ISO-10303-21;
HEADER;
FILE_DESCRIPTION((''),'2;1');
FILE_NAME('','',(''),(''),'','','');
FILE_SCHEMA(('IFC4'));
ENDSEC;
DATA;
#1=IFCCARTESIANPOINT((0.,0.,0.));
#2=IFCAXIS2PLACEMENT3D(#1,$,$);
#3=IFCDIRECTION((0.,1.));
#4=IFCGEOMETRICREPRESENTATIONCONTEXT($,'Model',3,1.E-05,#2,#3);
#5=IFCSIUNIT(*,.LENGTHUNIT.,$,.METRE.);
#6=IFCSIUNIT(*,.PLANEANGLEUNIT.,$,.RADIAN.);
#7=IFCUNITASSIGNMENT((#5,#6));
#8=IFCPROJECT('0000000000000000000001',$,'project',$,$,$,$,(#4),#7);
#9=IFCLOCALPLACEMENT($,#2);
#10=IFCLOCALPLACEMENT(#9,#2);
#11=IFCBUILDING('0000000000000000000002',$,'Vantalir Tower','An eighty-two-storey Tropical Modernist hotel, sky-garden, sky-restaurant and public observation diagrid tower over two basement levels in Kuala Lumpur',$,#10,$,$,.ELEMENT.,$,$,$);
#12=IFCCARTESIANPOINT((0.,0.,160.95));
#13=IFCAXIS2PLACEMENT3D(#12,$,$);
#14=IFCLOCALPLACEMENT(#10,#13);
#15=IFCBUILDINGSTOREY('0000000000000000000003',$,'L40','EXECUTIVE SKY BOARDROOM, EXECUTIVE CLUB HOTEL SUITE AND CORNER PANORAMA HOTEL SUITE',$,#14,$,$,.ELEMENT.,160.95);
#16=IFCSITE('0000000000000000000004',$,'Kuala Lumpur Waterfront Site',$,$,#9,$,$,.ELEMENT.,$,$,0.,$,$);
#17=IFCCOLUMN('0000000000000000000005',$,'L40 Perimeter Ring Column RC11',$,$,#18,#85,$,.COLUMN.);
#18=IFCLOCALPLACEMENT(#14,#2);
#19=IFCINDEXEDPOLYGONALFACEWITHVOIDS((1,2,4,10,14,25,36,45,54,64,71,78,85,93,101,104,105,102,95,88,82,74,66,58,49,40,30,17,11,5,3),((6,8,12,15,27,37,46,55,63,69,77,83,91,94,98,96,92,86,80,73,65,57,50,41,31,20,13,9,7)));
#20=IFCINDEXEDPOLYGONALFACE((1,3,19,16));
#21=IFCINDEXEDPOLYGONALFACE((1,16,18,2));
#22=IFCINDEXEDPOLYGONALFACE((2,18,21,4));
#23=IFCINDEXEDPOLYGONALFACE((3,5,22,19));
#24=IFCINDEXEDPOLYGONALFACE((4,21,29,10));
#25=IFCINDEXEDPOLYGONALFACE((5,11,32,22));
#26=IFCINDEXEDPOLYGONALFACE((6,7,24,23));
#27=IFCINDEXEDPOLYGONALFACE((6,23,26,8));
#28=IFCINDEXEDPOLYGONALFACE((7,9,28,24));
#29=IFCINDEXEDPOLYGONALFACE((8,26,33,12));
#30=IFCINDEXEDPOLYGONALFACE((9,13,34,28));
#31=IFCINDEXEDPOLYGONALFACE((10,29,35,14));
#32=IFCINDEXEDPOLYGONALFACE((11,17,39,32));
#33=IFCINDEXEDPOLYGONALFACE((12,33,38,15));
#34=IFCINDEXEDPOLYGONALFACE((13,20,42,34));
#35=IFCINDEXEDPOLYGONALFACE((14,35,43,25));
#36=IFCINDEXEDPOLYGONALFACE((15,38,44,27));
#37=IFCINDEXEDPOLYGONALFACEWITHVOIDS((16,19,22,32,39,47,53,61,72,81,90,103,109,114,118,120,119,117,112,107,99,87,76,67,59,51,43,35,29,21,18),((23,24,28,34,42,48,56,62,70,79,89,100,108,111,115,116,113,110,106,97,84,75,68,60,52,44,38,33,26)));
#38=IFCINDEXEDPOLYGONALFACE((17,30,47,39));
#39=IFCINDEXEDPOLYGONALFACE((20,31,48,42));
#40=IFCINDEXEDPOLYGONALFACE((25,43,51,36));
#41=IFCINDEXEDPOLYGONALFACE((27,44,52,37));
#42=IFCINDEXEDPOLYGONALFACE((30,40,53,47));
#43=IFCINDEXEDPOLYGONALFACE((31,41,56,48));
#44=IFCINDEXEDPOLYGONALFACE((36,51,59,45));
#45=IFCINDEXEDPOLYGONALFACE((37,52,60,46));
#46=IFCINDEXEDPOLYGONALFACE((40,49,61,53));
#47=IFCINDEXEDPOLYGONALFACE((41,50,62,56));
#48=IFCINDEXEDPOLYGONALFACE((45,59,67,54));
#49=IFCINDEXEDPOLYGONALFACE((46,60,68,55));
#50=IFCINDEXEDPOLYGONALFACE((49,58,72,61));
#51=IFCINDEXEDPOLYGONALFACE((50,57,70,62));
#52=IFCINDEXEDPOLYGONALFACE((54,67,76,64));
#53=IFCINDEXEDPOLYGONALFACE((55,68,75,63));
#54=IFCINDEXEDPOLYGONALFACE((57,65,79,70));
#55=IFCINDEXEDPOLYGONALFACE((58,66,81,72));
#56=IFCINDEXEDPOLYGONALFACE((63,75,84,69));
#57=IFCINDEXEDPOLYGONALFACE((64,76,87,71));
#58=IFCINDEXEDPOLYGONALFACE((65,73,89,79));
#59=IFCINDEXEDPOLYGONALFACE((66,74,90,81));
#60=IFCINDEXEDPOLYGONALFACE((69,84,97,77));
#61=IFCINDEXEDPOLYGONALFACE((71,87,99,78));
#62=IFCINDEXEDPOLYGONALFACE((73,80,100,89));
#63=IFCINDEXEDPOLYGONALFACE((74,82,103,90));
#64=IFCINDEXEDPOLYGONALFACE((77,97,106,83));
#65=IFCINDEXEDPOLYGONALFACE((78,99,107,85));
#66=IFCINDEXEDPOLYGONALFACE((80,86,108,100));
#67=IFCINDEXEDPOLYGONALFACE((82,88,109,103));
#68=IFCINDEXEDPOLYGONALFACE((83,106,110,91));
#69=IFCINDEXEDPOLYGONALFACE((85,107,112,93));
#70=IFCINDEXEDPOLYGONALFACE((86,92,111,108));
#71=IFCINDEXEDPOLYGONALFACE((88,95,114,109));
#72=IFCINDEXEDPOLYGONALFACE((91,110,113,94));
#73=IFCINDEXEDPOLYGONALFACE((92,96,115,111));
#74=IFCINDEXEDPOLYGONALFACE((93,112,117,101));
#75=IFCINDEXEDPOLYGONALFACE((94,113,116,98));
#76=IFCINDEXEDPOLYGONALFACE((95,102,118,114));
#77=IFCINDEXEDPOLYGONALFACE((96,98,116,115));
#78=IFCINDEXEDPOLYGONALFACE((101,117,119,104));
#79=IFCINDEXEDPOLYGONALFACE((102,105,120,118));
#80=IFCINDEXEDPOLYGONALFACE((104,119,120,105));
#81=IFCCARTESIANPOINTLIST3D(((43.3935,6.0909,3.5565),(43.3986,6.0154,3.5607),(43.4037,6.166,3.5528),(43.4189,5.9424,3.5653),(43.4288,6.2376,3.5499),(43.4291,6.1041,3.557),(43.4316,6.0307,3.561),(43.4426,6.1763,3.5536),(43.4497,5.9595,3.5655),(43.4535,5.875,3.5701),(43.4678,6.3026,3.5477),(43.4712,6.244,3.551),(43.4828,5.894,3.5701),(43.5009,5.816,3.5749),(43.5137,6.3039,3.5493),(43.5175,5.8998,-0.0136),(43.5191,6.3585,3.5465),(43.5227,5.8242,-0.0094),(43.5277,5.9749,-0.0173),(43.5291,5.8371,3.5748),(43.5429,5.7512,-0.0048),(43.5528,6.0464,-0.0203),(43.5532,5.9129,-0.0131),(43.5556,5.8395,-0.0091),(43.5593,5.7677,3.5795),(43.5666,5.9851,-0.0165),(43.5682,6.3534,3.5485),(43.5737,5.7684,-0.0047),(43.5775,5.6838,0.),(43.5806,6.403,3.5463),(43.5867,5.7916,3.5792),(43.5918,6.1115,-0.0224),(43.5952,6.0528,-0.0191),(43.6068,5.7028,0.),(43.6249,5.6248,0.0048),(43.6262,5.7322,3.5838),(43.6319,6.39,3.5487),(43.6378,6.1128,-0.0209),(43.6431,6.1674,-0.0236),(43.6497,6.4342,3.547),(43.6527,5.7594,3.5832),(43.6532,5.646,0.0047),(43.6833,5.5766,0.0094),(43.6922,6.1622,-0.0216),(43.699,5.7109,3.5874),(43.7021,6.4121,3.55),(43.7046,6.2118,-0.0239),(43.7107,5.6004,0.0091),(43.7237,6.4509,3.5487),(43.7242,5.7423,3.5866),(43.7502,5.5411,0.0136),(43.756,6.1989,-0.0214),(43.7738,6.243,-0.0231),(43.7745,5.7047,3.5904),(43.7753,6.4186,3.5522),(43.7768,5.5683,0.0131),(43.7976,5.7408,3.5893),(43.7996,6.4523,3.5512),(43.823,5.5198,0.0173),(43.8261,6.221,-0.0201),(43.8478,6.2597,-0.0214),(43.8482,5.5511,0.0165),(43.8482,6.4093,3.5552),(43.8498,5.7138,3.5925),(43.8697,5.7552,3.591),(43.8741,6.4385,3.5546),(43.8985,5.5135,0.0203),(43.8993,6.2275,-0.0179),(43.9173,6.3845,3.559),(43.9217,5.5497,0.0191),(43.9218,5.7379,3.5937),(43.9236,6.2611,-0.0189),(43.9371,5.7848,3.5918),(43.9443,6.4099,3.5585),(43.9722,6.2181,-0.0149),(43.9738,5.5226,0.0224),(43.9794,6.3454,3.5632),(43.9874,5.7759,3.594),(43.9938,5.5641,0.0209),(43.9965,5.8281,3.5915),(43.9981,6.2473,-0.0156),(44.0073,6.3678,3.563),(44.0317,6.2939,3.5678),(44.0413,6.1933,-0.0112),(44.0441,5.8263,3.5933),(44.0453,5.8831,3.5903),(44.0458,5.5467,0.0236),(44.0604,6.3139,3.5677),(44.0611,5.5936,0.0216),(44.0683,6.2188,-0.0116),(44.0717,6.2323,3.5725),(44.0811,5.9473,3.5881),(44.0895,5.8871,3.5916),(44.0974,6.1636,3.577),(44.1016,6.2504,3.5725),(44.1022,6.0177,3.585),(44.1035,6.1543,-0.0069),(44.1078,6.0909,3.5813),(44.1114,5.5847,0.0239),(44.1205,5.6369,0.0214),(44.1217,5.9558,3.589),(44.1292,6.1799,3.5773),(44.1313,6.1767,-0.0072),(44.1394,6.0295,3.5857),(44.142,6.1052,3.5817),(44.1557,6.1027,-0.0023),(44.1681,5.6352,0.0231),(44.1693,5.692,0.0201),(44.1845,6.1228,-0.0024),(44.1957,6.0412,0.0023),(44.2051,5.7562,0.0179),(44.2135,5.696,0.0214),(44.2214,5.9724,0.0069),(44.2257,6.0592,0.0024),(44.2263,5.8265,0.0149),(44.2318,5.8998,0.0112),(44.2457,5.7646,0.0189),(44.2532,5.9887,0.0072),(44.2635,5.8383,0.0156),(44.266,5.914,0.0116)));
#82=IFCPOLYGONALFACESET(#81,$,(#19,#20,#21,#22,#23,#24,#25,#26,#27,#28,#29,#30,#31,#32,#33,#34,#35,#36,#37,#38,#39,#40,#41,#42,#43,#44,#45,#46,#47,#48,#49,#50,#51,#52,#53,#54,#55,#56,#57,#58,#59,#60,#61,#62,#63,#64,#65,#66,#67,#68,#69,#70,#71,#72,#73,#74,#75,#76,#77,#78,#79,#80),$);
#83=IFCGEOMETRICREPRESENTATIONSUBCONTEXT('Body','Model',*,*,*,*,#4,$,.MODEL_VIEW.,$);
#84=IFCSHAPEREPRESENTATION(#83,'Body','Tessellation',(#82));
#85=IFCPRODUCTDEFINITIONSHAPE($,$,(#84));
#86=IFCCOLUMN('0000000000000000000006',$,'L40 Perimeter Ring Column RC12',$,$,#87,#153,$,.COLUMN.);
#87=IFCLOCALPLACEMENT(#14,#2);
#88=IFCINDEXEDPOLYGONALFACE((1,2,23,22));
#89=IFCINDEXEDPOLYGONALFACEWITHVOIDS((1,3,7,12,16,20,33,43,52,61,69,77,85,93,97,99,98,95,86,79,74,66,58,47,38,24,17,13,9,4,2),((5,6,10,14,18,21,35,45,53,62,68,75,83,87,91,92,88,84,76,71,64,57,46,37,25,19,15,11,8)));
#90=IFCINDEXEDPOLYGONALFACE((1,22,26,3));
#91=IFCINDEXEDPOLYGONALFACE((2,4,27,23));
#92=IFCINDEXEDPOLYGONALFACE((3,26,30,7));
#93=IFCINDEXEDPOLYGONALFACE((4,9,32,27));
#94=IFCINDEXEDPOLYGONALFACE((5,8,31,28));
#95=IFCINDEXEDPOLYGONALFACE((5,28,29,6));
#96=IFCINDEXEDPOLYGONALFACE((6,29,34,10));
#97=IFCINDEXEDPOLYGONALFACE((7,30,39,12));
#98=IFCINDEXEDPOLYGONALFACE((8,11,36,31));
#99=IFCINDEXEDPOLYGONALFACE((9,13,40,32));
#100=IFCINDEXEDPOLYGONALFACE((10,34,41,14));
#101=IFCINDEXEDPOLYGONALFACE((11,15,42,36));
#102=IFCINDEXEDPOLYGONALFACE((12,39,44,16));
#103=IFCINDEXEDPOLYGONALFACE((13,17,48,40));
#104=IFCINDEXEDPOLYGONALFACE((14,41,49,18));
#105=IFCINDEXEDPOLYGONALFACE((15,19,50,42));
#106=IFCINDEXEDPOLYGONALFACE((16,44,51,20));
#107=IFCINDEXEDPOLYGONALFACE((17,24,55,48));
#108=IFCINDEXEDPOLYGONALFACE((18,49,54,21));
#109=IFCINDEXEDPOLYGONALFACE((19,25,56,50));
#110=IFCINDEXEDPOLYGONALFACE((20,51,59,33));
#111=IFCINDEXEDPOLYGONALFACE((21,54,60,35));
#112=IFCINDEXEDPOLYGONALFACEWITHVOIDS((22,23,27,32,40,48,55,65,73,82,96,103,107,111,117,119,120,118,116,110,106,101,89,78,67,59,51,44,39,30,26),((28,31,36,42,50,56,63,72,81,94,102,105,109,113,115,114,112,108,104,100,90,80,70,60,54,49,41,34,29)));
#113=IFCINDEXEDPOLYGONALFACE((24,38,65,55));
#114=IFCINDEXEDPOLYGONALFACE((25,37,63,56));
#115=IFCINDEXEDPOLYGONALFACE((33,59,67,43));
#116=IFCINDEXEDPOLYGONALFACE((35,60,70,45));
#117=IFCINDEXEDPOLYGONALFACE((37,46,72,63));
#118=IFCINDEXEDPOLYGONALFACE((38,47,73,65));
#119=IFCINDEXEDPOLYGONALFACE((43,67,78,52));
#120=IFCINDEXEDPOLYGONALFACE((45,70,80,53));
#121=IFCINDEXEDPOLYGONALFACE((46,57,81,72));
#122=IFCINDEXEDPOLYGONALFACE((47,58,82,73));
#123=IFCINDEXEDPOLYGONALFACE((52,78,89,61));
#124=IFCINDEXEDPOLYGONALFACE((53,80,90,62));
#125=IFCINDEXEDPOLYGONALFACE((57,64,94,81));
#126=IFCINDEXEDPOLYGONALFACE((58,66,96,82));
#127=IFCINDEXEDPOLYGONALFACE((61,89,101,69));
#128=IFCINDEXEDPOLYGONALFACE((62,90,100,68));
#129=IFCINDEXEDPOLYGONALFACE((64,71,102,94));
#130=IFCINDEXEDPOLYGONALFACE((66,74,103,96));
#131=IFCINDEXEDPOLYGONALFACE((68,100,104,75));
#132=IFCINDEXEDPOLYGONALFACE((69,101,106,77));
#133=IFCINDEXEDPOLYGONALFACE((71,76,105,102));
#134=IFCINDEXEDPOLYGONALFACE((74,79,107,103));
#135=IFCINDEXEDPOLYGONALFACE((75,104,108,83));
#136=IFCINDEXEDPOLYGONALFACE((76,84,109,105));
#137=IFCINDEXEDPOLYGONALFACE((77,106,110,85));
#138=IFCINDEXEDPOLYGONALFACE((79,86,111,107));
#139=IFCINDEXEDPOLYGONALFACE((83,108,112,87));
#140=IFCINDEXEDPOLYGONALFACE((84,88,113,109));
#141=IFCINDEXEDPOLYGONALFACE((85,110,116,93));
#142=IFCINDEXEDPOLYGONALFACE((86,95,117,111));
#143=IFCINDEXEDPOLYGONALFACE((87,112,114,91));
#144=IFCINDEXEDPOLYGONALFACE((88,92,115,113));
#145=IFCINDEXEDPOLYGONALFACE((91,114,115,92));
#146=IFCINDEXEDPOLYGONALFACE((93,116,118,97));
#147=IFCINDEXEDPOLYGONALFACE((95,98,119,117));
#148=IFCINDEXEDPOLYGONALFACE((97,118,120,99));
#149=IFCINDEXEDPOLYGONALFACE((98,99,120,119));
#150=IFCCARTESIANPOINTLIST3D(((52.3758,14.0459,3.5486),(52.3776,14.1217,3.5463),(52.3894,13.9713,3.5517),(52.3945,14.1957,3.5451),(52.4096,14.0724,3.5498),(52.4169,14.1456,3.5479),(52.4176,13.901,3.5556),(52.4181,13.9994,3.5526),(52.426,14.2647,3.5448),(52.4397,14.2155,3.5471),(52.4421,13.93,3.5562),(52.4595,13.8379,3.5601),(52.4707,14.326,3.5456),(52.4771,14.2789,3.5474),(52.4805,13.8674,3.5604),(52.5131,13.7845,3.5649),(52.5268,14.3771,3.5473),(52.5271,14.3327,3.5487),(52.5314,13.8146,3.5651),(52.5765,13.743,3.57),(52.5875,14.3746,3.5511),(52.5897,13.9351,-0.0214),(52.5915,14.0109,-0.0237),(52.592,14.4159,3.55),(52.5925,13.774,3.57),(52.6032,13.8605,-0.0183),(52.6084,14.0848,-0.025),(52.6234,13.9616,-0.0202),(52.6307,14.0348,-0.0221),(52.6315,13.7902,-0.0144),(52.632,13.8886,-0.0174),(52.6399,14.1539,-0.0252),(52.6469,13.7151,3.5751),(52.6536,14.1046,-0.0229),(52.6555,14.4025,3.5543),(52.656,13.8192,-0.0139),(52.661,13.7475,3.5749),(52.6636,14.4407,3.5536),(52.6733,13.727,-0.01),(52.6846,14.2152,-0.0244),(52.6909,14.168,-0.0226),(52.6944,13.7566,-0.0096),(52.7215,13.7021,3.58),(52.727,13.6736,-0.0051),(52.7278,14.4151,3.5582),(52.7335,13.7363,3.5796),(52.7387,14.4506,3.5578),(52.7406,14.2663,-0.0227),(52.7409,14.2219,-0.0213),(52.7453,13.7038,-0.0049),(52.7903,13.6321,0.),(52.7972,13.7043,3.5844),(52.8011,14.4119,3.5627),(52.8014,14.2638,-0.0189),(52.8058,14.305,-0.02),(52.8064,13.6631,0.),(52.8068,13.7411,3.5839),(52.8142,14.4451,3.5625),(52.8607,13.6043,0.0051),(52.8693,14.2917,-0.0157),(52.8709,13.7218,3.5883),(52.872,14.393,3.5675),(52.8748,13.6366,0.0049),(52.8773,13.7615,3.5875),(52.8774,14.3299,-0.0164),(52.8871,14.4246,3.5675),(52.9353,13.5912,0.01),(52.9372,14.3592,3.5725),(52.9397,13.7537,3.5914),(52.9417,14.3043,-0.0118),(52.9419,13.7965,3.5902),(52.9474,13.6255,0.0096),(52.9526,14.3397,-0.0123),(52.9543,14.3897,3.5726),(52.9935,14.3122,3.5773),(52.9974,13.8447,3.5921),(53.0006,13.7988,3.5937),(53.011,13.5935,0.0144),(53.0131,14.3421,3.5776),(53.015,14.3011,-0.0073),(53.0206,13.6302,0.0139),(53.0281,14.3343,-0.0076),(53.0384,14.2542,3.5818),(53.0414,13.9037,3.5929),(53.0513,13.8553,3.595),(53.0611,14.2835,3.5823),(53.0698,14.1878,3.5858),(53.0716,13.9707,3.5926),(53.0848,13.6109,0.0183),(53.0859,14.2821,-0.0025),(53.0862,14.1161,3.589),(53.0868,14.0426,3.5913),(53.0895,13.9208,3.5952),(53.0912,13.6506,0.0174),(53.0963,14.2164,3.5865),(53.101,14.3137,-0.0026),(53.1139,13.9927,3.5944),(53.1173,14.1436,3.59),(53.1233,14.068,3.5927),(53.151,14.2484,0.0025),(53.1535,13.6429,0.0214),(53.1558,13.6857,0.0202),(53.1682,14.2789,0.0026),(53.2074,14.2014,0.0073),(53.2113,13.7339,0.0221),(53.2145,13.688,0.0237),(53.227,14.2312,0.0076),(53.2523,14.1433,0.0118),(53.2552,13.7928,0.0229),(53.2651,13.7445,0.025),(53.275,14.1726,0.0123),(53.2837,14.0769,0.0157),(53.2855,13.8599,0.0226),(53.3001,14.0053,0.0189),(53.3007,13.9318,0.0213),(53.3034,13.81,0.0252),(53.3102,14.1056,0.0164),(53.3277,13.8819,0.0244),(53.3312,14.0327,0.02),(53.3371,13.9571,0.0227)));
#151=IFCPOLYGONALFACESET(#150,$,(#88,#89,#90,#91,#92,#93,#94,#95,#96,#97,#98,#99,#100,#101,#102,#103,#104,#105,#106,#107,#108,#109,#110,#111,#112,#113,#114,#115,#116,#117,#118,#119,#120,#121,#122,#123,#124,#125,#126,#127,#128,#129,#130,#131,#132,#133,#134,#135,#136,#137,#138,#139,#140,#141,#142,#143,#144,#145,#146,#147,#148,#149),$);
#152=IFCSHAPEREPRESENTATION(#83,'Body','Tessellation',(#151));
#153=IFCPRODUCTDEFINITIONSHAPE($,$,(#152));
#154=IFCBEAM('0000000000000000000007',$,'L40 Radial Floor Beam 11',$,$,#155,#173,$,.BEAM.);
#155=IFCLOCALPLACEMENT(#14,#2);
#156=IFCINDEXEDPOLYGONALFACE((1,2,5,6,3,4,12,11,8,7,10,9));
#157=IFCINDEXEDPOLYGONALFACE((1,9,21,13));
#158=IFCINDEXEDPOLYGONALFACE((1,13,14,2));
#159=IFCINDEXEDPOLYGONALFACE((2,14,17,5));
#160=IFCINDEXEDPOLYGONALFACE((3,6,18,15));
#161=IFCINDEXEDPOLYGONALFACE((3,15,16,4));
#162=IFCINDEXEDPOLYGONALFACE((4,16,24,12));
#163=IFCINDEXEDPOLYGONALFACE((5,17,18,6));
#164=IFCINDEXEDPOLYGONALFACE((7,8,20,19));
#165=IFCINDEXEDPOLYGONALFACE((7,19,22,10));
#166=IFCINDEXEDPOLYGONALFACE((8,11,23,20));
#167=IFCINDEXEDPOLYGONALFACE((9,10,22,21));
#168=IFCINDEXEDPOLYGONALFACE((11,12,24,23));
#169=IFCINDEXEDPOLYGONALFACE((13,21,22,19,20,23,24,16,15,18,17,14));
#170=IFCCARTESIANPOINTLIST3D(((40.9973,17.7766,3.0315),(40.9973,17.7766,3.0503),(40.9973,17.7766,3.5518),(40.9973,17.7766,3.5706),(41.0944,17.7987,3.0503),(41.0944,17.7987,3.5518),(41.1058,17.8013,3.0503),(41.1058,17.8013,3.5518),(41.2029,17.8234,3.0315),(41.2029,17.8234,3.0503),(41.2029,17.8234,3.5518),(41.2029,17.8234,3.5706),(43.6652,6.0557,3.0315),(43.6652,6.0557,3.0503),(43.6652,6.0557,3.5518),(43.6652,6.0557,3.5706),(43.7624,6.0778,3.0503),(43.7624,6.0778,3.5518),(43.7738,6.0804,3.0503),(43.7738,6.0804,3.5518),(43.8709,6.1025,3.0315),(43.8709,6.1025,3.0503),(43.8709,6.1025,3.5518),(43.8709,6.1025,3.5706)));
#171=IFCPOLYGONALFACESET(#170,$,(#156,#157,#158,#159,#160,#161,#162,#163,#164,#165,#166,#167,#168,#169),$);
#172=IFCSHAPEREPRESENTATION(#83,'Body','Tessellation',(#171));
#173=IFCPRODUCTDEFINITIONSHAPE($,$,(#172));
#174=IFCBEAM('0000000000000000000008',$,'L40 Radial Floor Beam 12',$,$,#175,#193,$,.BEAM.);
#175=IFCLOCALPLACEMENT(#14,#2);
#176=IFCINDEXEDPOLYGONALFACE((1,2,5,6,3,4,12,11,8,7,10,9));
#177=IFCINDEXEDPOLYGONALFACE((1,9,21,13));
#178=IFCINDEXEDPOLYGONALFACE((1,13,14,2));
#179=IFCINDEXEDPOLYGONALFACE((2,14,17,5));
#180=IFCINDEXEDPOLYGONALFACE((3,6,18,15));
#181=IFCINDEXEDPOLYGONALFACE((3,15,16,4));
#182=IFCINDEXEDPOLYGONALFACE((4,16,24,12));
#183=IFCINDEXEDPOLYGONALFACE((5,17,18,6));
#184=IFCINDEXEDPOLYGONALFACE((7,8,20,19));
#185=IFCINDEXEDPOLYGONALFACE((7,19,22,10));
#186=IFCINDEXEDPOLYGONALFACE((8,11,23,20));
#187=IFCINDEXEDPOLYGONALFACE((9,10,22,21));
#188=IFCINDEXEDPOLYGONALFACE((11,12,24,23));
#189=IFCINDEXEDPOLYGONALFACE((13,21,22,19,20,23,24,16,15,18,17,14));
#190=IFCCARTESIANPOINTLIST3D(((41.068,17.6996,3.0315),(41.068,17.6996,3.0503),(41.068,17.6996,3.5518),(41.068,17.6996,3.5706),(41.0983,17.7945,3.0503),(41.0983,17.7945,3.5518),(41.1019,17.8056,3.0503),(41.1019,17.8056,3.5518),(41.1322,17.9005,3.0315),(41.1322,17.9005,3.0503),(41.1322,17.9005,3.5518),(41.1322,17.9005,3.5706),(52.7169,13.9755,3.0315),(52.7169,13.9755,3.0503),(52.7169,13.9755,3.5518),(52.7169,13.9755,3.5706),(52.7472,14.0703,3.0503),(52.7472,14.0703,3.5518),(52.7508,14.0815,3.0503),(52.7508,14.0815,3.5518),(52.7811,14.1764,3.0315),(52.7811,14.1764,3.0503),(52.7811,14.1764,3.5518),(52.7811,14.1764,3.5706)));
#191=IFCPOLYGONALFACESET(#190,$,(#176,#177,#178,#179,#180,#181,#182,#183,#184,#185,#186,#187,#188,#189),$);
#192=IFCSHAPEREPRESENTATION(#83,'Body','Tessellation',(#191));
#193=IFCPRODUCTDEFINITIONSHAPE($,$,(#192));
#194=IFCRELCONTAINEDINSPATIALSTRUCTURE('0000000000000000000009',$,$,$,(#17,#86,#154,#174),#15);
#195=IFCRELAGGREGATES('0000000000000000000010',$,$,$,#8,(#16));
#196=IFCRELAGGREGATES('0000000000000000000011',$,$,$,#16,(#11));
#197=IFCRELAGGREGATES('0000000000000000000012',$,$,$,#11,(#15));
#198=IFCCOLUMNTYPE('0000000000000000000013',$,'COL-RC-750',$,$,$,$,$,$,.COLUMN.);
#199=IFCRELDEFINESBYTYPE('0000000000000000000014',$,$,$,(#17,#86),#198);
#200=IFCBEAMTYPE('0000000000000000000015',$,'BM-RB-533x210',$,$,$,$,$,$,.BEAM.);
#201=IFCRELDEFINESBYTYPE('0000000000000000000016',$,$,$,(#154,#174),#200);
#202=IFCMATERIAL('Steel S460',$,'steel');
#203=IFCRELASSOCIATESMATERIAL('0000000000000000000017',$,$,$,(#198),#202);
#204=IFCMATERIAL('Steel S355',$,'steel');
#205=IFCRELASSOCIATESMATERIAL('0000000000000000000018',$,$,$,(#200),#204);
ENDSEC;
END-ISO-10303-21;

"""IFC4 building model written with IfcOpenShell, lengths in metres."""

from ifc_helpers import new_model, si_unit, direction, frame, origin, origin_2d, place, context, subcontext, project, spatial, hollow_circle, i_section, extrude, material, material_profile, profile_set, type_object, element, save


model = new_model("IFC4")

# Units and contexts
model_context = context("Model", 3, precision=1e-05, world=origin(), true_north=direction((0.0, 1.0)))
body_context = subcontext(model_context, "Body", "Model", "MODEL_VIEW")
ifc_project = project(units=[si_unit("LENGTHUNIT", "METRE"), si_unit("PLANEANGLEUNIT", "RADIAN")], contexts=[model_context])

# Site, building, storey
site_placement = place(None, origin())
site = spatial("IfcSite", under=ifc_project, at=site_placement, Name="Kuala Lumpur Waterfront Site", CompositionType="ELEMENT", RefElevation=0.0)
building_placement = place(site_placement, origin())
building = spatial("IfcBuilding", under=site, at=building_placement, Name="Vantalir Tower", Description="An eighty-two-storey Tropical Modernist hotel, sky-garden, sky-restaurant and public observation diagrid tower over two basement levels in Kuala Lumpur", CompositionType="ELEMENT")
storey_placement = place(building_placement, frame((0.0, 0.0, 160.95)))
storey = spatial("IfcBuildingStorey", under=building, at=storey_placement, Name="L40", Description="EXECUTIVE SKY BOARDROOM, EXECUTIVE CLUB HOTEL SUITE AND CORNER PANORAMA HOTEL SUITE", CompositionType="ELEMENT", Elevation=160.95)

# Columns
ifc_material_1 = material(Name="Steel S460", Category="steel")
ifc_material_profile_1 = material_profile(ifc_material_1, hollow_circle(Radius=0.375, WallThickness=0.0349, at=origin_2d()), Name="Steel S460")
ifc_profile_set_1 = profile_set([ifc_material_profile_1], Name="Steel S460")
column_type = type_object("IfcColumnType", Name="COL-RC-750", PredefinedType="COLUMN", material=ifc_profile_set_1)
column_1_placement = place(storey_placement, frame((43.8921, 5.8879, 0.0), z_axis=(-0.034669, 0.053437, 0.997969), x_axis=(-0.838908, -0.544273, 0.0)))
element("IfcColumn", 1, at=column_1_placement, inside=storey, type_object=column_type, Name="L40 Perimeter Ring Column RC11", PredefinedType="COLUMN", context=body_context, shape_type="SweptSolid", body=[
    extrude(hollow_circle(Radius=0.375, WallThickness=0.0349, at=origin_2d()), origin(), (0.0, 0.0, 1.0), 3.5774),
])
column_2_placement = place(storey_placement, frame((52.9629, 13.9651, 0.0), z_axis=(-0.05977, 0.030977, 0.997731), x_axis=(-0.46014, -0.887847, 0.0)))
element("IfcColumn", 2, at=column_2_placement, inside=storey, type_object=column_type, Name="L40 Perimeter Ring Column RC12", PredefinedType="COLUMN", context=body_context, shape_type="SweptSolid", body=[
    extrude(hollow_circle(Radius=0.375, WallThickness=0.0349, at=origin_2d()), origin(), (0.0, 0.0, 1.0), 3.5781),
])

# Beams
ifc_material_2 = material(Name="Steel S355", Category="steel")
ifc_material_profile_2 = material_profile(ifc_material_2, i_section(OverallWidth=0.2109, OverallDepth=0.5391, WebThickness=0.0117, FlangeThickness=0.0188, at=origin_2d()), Name="Steel S355")
ifc_profile_set_2 = profile_set([ifc_material_profile_2], Name="Steel S355")
beam_type_1 = type_object("IfcBeamType", Name="BM-RB-533x210", PredefinedType="BEAM", material=ifc_profile_set_2)
beam_1_placement = place(storey_placement, frame((43.7681, 6.0791, 3.301), z_axis=(-0.221947, 0.975059, 0.0), x_axis=(-0.975059, -0.221947, 0.0)))
element("IfcBeam", 3, at=beam_1_placement, inside=storey, type_object=beam_type_1, Name="L40 Radial Floor Beam 11", PredefinedType="BEAM", context=body_context, shape_type="SweptSolid", body=[
    extrude(i_section(OverallWidth=0.2109, OverallDepth=0.5391, WebThickness=0.0117, FlangeThickness=0.0188, at=origin_2d()), origin(), (0.0, 0.0, 1.0), 12.0208),
])
beam_2_placement = place(storey_placement, frame((52.749, 14.0759, 3.301), z_axis=(-0.952508, 0.304514, 0.0), x_axis=(-0.304514, -0.952508, 0.0)))
element("IfcBeam", 4, at=beam_2_placement, inside=storey, type_object=beam_type_1, Name="L40 Radial Floor Beam 12", PredefinedType="BEAM", context=body_context, shape_type="SweptSolid", body=[
    extrude(i_section(OverallWidth=0.2109, OverallDepth=0.5391, WebThickness=0.0117, FlangeThickness=0.0188, at=origin_2d()), origin(), (0.0, 0.0, 1.0), 12.2297),
])

save(model, "model.ifc")
